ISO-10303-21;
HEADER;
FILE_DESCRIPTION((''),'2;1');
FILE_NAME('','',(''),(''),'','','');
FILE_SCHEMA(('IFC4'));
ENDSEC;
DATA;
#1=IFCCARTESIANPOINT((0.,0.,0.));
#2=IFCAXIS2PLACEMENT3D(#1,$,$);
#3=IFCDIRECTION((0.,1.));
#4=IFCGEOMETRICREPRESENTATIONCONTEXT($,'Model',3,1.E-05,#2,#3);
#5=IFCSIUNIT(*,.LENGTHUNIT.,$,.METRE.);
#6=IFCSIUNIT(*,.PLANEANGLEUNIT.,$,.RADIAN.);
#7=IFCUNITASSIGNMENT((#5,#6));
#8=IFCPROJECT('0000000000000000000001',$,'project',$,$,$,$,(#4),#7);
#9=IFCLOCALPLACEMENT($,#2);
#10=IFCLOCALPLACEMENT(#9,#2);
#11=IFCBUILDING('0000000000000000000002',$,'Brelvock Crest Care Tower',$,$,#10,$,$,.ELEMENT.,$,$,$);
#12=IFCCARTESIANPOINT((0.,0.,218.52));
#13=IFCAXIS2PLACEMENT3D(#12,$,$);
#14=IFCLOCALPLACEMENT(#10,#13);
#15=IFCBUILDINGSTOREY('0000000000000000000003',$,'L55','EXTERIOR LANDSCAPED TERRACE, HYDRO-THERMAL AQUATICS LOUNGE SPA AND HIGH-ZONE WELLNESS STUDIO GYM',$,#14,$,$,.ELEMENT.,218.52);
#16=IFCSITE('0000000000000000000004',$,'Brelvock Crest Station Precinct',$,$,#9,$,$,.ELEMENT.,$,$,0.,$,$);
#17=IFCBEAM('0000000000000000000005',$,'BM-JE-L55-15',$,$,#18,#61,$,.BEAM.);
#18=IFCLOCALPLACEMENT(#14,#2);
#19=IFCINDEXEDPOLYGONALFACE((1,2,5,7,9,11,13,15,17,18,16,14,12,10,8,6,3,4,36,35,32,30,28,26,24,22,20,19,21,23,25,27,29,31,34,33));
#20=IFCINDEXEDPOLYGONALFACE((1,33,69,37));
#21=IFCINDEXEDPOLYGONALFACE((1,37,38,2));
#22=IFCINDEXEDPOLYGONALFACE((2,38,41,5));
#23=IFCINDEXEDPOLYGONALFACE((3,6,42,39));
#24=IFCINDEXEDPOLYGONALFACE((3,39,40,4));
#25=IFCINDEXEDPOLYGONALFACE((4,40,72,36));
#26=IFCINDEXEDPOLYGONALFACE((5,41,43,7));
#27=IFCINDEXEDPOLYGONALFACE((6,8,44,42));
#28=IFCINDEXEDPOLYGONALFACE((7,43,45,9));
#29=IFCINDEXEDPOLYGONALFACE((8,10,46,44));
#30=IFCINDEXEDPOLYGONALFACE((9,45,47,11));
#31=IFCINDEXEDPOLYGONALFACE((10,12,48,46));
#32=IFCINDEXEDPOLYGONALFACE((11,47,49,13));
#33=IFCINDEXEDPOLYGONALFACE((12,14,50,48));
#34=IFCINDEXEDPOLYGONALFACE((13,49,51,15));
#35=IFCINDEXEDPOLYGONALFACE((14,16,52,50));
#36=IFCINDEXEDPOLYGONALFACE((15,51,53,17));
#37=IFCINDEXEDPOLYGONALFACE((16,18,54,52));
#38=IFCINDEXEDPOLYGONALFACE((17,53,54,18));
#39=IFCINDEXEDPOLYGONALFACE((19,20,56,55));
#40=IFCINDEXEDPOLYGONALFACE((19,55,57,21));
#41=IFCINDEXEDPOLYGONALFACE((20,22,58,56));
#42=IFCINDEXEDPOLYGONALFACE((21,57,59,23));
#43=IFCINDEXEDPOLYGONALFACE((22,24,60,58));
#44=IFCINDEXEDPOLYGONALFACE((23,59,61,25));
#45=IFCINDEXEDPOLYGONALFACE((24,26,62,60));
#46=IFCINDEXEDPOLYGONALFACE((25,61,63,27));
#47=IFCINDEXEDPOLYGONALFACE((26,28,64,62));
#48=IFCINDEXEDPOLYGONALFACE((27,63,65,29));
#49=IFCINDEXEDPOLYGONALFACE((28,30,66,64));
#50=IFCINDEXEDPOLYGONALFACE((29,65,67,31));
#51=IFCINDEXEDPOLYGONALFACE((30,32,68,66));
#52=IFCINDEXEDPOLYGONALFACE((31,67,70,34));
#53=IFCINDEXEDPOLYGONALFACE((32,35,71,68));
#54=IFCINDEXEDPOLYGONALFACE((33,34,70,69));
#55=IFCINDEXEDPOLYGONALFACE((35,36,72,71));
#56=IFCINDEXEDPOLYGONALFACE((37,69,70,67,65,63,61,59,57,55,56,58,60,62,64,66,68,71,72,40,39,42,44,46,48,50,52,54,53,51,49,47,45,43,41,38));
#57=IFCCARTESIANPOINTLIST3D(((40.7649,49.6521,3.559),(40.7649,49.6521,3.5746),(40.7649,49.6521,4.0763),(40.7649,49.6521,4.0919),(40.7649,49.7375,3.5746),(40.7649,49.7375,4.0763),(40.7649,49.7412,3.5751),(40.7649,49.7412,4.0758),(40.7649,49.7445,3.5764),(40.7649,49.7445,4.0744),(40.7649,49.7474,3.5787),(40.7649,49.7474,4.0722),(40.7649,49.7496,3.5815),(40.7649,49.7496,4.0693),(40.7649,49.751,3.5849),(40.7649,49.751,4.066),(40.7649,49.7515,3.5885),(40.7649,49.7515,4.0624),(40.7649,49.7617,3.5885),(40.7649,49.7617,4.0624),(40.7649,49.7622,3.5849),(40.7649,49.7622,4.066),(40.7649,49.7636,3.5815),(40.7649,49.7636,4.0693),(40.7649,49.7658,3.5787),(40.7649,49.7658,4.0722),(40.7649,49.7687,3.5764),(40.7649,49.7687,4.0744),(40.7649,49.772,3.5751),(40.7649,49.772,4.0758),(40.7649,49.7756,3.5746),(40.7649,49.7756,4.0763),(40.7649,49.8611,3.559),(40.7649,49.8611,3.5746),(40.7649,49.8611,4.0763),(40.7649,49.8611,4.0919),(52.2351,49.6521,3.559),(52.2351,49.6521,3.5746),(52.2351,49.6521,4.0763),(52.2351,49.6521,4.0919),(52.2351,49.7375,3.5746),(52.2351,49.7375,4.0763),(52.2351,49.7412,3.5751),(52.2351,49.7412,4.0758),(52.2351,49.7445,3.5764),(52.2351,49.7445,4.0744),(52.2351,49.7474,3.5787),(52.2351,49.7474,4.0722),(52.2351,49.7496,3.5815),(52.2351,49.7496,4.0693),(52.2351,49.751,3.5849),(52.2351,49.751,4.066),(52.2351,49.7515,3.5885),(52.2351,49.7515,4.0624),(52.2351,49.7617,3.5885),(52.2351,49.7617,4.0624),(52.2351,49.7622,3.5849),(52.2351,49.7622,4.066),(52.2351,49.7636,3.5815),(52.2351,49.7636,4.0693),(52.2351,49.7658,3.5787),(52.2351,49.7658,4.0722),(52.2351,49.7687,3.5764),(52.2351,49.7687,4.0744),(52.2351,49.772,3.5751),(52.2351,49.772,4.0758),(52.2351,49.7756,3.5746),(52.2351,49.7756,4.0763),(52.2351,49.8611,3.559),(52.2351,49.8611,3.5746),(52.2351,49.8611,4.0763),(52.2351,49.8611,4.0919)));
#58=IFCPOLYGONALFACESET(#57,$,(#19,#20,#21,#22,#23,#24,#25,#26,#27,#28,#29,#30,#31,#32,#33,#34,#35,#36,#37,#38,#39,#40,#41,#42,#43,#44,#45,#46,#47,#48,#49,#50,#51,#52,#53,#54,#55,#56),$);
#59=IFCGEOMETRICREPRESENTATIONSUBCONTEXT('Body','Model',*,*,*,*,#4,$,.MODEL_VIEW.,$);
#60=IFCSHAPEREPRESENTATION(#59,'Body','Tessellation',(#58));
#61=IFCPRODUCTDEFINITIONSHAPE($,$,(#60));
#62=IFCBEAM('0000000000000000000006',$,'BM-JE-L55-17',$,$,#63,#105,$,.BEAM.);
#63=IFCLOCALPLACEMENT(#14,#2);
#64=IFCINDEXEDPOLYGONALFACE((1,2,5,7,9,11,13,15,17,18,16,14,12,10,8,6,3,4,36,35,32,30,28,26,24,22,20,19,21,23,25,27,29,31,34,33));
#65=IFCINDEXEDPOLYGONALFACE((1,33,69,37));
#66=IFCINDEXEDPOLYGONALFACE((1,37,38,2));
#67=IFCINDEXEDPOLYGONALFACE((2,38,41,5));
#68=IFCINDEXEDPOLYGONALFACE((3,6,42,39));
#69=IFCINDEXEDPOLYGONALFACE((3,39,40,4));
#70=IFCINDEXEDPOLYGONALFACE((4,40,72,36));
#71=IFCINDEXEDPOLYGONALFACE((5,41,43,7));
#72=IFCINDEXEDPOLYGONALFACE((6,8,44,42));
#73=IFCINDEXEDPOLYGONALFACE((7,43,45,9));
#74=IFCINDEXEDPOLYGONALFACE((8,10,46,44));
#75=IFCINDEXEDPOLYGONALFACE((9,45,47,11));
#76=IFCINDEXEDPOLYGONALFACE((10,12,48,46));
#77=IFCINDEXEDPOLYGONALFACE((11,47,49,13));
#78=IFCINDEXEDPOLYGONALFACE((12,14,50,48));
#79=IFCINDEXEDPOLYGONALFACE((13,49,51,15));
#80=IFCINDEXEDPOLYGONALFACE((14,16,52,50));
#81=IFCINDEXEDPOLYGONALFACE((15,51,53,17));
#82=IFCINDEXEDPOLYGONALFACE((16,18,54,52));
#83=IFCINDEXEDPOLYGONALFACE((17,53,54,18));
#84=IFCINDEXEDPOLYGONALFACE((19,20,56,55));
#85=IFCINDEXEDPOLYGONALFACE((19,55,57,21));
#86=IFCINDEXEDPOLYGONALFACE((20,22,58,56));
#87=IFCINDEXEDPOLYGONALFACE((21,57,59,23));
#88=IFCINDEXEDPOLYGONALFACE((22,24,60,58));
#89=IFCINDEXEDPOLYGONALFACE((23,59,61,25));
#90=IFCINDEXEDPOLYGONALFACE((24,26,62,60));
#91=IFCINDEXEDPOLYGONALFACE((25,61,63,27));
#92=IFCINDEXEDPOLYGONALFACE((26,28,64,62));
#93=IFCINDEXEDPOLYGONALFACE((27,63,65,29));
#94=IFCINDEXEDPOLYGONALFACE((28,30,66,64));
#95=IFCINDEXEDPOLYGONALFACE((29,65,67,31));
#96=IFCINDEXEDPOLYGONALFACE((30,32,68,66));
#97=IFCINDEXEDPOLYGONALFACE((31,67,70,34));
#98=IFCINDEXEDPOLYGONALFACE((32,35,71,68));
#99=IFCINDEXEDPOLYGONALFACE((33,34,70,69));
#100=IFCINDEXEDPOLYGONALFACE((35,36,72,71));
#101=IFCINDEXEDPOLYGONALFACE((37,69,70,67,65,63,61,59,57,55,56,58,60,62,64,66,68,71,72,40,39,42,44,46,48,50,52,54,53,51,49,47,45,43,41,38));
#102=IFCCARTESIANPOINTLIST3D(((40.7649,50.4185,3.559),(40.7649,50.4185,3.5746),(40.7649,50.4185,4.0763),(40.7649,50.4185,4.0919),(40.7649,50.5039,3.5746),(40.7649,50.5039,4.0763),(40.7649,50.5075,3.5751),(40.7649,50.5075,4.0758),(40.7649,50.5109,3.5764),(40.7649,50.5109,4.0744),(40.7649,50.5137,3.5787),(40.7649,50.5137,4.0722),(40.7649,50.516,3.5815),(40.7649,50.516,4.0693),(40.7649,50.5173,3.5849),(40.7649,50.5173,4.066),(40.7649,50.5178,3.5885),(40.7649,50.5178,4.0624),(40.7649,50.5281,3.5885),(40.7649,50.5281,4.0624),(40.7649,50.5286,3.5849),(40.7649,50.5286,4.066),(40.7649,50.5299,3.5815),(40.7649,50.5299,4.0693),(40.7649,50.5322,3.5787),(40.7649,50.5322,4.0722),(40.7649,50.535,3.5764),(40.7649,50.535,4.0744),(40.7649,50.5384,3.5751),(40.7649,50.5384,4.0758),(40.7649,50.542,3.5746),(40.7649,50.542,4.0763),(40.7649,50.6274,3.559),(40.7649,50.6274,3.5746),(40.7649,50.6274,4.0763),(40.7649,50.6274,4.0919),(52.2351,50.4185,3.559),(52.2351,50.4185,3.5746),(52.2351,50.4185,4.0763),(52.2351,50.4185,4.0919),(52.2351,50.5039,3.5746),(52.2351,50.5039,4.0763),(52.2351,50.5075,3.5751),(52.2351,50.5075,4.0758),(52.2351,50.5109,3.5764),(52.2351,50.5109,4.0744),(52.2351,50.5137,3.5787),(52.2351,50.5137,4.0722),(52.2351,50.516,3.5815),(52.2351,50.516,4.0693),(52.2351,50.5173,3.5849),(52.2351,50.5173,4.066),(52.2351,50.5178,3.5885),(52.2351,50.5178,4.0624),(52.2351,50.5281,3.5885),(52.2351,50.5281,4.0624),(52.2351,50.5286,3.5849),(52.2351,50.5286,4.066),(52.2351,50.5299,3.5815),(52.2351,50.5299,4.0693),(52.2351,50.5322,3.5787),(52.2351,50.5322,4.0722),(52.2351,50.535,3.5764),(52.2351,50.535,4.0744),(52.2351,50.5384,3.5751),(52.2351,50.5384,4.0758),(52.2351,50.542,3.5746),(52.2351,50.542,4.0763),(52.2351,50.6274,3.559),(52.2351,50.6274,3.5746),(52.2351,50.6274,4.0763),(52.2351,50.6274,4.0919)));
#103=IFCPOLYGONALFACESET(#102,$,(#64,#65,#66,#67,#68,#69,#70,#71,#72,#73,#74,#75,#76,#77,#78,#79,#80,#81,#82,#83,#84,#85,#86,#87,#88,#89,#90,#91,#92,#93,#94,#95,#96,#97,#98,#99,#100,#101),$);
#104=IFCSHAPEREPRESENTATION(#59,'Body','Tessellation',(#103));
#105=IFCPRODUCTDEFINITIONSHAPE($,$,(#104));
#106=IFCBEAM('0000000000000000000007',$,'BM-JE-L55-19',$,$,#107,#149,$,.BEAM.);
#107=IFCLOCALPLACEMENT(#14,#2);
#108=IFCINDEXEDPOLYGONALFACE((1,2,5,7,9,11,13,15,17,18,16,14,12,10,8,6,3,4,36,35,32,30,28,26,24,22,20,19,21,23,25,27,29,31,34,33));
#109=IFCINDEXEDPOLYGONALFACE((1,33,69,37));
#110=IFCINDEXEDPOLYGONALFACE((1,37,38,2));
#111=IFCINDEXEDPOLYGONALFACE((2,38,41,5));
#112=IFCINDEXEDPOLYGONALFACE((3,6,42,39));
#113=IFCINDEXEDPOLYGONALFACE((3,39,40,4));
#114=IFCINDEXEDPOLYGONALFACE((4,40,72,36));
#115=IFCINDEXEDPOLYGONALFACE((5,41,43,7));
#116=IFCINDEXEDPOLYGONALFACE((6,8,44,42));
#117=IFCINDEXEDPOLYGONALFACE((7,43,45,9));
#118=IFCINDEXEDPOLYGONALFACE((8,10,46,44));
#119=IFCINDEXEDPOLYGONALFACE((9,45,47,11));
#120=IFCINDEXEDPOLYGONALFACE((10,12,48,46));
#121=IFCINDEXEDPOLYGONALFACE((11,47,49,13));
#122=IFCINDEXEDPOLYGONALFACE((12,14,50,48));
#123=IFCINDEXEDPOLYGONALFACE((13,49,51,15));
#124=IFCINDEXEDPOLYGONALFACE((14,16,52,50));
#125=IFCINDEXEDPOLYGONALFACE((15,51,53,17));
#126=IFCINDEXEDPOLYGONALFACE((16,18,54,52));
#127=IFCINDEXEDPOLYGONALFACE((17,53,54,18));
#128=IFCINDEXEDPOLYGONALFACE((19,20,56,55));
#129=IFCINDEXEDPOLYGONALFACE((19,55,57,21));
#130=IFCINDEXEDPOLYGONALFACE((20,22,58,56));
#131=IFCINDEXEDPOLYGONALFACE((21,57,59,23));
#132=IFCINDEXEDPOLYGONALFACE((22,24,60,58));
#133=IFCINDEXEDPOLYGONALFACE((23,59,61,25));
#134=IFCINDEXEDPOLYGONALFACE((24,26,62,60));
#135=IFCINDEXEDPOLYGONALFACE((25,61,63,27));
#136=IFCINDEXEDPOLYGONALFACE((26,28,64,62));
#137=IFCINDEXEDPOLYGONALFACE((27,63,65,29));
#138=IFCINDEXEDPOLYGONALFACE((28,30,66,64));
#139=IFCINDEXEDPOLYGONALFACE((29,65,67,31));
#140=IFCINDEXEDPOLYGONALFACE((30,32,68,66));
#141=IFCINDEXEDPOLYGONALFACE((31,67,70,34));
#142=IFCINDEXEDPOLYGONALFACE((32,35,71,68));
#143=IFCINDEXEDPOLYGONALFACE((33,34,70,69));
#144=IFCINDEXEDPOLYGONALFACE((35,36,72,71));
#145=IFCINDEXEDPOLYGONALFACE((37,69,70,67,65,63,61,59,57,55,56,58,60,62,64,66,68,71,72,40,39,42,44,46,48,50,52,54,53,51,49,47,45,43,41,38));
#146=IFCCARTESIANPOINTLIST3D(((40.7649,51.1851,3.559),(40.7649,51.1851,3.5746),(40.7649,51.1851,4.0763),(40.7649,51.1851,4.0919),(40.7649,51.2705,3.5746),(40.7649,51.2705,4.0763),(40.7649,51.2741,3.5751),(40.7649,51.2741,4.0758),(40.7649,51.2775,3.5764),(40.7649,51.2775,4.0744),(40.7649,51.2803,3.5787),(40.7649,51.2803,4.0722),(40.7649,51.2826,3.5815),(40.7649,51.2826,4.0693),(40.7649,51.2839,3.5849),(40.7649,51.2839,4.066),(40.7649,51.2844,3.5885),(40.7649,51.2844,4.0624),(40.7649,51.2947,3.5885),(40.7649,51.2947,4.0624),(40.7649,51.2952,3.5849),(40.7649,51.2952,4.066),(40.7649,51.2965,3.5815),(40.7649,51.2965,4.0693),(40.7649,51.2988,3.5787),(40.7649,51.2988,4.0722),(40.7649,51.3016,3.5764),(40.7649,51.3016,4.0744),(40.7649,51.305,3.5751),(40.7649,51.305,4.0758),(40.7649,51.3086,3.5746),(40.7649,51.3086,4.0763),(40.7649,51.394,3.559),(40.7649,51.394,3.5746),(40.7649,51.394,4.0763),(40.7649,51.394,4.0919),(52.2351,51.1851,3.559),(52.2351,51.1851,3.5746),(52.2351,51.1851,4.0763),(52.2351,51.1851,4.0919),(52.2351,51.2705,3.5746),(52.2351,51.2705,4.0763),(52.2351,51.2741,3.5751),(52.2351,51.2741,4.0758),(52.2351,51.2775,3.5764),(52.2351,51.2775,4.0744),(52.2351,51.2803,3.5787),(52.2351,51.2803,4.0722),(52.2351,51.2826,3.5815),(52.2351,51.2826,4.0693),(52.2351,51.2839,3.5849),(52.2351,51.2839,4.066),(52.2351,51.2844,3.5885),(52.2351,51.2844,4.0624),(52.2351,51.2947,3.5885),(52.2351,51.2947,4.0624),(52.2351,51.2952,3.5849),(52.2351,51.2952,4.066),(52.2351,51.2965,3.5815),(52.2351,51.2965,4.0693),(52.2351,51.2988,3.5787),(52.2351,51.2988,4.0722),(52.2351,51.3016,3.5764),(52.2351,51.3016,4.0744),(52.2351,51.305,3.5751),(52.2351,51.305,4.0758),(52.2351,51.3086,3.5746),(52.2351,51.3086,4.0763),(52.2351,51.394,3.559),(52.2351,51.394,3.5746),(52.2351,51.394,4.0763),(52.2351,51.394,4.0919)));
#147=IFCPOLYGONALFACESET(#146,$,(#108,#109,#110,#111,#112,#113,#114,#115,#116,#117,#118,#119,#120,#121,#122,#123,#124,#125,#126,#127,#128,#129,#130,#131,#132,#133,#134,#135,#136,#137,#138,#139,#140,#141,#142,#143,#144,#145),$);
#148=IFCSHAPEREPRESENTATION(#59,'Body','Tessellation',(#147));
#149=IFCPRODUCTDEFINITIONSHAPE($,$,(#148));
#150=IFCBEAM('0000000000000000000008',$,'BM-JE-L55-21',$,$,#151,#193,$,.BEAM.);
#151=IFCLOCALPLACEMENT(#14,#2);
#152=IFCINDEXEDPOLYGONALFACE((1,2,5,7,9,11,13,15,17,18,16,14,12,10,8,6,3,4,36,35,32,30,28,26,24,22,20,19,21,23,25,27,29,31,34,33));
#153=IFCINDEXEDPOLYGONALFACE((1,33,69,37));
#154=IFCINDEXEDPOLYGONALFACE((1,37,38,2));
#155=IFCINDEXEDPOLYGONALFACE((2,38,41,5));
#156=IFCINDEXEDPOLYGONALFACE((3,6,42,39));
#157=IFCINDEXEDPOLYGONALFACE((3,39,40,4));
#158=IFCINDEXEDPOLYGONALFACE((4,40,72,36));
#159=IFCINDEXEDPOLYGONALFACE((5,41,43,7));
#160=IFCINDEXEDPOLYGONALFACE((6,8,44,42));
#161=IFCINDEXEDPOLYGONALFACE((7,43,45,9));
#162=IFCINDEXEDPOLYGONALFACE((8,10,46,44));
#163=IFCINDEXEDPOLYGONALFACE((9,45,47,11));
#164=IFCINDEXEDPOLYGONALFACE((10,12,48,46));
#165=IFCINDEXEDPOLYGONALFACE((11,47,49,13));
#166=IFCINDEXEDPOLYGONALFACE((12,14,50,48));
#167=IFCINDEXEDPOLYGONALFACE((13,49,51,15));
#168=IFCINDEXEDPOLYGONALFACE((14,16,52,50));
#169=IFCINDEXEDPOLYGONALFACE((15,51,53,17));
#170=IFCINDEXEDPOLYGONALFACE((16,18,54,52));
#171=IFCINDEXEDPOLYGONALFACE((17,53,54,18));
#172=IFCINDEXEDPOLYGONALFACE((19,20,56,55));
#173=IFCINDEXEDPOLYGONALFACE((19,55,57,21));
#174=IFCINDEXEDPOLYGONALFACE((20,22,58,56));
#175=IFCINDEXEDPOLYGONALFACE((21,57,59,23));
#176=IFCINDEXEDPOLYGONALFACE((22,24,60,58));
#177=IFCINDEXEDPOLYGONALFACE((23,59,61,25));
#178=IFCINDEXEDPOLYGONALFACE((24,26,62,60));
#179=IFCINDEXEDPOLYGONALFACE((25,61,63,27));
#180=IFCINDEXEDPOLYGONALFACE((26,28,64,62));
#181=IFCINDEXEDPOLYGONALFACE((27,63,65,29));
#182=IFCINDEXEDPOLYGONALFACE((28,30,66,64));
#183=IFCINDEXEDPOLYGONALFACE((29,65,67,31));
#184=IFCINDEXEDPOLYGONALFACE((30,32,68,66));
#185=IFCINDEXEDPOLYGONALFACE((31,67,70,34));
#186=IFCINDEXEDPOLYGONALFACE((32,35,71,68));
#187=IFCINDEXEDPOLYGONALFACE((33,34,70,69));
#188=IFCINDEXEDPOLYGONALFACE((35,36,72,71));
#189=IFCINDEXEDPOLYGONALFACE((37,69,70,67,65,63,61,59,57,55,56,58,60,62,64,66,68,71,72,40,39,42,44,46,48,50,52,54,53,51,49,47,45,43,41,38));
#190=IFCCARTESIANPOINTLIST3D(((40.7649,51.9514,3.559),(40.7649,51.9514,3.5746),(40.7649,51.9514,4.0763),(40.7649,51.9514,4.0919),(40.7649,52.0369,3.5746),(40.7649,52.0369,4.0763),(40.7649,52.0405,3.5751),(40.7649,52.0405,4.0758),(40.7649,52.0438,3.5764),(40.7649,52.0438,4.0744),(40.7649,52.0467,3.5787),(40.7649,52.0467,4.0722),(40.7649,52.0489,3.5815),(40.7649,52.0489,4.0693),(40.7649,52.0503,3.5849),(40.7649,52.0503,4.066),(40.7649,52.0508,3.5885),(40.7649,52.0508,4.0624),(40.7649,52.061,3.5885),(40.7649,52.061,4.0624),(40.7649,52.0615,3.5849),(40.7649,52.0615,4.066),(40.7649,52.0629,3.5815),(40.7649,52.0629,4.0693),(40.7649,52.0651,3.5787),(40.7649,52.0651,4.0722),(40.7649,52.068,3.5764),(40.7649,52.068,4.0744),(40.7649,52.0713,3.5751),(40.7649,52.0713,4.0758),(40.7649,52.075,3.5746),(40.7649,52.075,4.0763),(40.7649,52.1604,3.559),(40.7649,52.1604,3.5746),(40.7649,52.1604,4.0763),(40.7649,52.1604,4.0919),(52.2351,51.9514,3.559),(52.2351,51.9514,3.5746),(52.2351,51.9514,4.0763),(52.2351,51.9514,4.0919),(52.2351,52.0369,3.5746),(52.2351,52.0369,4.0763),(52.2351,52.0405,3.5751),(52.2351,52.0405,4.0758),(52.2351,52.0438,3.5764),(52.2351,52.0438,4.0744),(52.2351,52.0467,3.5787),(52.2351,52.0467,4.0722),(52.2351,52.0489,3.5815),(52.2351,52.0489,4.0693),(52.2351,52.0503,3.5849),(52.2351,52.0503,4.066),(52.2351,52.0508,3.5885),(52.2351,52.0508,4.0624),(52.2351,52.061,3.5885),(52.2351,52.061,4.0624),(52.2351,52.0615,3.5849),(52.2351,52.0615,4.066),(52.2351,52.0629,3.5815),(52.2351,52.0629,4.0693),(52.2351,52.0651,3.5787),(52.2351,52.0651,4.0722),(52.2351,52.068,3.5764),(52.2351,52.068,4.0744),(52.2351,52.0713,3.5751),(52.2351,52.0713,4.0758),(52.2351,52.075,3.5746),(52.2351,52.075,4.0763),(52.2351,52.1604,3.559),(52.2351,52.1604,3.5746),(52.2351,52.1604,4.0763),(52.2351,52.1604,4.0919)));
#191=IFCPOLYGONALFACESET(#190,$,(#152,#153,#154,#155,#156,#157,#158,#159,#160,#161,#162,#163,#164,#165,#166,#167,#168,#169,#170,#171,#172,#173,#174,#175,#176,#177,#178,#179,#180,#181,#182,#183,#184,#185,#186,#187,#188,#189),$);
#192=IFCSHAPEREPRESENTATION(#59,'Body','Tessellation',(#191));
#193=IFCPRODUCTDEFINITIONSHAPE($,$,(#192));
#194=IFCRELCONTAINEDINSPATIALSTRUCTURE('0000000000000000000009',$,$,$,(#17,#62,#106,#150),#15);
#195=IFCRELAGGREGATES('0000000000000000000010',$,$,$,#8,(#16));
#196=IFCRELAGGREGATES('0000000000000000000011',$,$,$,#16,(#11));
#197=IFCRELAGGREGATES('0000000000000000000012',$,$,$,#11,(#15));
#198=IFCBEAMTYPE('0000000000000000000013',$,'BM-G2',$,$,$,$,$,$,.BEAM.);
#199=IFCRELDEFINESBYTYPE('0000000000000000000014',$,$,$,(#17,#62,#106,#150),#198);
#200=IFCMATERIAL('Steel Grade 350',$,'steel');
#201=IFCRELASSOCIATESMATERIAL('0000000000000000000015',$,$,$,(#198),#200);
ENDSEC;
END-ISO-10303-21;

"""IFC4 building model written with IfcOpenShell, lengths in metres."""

from ifc_helpers import new_model, si_unit, direction, frame, origin, origin_2d, place, context, subcontext, project, spatial, i_section, extrude, source, transform, mapped, material, material_profile, profile_set, type_object, element, save


model = new_model("IFC4")

# Units and contexts
model_context = context("Model", 3, precision=1e-05, world=origin(), true_north=direction((0.0, 1.0)))
body_context = subcontext(model_context, "Body", "Model", "MODEL_VIEW")
ifc_project = project(units=[si_unit("LENGTHUNIT", "METRE"), si_unit("PLANEANGLEUNIT", "RADIAN")], contexts=[model_context])

# Site, building, storey
site_placement = place(None, origin())
site = spatial("IfcSite", under=ifc_project, at=site_placement, Name="Brelvock Crest Station Precinct", CompositionType="ELEMENT", RefElevation=0.0)
building_placement = place(site_placement, origin())
building = spatial("IfcBuilding", under=site, at=building_placement, Name="Brelvock Crest Care Tower", CompositionType="ELEMENT")
storey_placement = place(building_placement, frame((0.0, 0.0, 218.52)))
storey = spatial("IfcBuildingStorey", under=building, at=storey_placement, Name="L55", Description="EXTERIOR LANDSCAPED TERRACE, HYDRO-THERMAL AQUATICS LOUNGE SPA AND HIGH-ZONE WELLNESS STUDIO GYM", CompositionType="ELEMENT", Elevation=218.52)

# Beams
ifc_material_1 = material(Name="Steel Grade 350", Category="steel")
ifc_material_profile_1 = material_profile(ifc_material_1, i_section(OverallWidth=0.209, OverallDepth=0.533, WebThickness=0.0103, FlangeThickness=0.0156, FilletRadius=0.0139, at=origin_2d()), Name="530UB92.4")
ifc_profile_set_1 = profile_set([ifc_material_profile_1], Name="Steel Grade 350")
beam_type_1 = type_object("IfcBeamType", Name="BM-G2", PredefinedType="BEAM", material=ifc_profile_set_1)
shared_shape_1 = source(origin(), body_context, "Body", "SweptSolid", [
    extrude(i_section(OverallWidth=0.209, OverallDepth=0.533, WebThickness=0.0103, FlangeThickness=0.0156, FilletRadius=0.0139, at=origin_2d()), origin(), (0.0, 0.0, 1.0), 11.4702),
])
for number, where, z_axis, x_axis, name in (
    (1, (40.7649, 49.7566, 3.8254), (1.0, 0.0, 0.0), (0.0, 1.0, 0.0), "BM-JE-L55-15"),
    (2, (40.7649, 50.5229, 3.8254), (1.0, 0.0, 0.0), (0.0, 1.0, 0.0), "BM-JE-L55-17"),
    (3, (40.7649, 51.2896, 3.8254), (1.0, 0.0, 0.0), (0.0, 1.0, 0.0), "BM-JE-L55-19"),
    (4, (40.7649, 52.0559, 3.8254), (1.0, 0.0, 0.0), (0.0, 1.0, 0.0), "BM-JE-L55-21"),
):
    element("IfcBeam", number, at=place(storey_placement, frame(where, z_axis=z_axis, x_axis=x_axis)), inside=storey, type_object=beam_type_1, Name=name, PredefinedType="BEAM", context=body_context, shape_type="MappedRepresentation", body=[
        mapped(shared_shape_1, transform((0.0, 0.0, 0.0), x_axis=(1.0, 0.0, 0.0), y_axis=(0.0, 1.0, 0.0), z_axis=(0.0, 0.0, 1.0), scale=1.0)),
    ])

save(model, "model.ifc")
